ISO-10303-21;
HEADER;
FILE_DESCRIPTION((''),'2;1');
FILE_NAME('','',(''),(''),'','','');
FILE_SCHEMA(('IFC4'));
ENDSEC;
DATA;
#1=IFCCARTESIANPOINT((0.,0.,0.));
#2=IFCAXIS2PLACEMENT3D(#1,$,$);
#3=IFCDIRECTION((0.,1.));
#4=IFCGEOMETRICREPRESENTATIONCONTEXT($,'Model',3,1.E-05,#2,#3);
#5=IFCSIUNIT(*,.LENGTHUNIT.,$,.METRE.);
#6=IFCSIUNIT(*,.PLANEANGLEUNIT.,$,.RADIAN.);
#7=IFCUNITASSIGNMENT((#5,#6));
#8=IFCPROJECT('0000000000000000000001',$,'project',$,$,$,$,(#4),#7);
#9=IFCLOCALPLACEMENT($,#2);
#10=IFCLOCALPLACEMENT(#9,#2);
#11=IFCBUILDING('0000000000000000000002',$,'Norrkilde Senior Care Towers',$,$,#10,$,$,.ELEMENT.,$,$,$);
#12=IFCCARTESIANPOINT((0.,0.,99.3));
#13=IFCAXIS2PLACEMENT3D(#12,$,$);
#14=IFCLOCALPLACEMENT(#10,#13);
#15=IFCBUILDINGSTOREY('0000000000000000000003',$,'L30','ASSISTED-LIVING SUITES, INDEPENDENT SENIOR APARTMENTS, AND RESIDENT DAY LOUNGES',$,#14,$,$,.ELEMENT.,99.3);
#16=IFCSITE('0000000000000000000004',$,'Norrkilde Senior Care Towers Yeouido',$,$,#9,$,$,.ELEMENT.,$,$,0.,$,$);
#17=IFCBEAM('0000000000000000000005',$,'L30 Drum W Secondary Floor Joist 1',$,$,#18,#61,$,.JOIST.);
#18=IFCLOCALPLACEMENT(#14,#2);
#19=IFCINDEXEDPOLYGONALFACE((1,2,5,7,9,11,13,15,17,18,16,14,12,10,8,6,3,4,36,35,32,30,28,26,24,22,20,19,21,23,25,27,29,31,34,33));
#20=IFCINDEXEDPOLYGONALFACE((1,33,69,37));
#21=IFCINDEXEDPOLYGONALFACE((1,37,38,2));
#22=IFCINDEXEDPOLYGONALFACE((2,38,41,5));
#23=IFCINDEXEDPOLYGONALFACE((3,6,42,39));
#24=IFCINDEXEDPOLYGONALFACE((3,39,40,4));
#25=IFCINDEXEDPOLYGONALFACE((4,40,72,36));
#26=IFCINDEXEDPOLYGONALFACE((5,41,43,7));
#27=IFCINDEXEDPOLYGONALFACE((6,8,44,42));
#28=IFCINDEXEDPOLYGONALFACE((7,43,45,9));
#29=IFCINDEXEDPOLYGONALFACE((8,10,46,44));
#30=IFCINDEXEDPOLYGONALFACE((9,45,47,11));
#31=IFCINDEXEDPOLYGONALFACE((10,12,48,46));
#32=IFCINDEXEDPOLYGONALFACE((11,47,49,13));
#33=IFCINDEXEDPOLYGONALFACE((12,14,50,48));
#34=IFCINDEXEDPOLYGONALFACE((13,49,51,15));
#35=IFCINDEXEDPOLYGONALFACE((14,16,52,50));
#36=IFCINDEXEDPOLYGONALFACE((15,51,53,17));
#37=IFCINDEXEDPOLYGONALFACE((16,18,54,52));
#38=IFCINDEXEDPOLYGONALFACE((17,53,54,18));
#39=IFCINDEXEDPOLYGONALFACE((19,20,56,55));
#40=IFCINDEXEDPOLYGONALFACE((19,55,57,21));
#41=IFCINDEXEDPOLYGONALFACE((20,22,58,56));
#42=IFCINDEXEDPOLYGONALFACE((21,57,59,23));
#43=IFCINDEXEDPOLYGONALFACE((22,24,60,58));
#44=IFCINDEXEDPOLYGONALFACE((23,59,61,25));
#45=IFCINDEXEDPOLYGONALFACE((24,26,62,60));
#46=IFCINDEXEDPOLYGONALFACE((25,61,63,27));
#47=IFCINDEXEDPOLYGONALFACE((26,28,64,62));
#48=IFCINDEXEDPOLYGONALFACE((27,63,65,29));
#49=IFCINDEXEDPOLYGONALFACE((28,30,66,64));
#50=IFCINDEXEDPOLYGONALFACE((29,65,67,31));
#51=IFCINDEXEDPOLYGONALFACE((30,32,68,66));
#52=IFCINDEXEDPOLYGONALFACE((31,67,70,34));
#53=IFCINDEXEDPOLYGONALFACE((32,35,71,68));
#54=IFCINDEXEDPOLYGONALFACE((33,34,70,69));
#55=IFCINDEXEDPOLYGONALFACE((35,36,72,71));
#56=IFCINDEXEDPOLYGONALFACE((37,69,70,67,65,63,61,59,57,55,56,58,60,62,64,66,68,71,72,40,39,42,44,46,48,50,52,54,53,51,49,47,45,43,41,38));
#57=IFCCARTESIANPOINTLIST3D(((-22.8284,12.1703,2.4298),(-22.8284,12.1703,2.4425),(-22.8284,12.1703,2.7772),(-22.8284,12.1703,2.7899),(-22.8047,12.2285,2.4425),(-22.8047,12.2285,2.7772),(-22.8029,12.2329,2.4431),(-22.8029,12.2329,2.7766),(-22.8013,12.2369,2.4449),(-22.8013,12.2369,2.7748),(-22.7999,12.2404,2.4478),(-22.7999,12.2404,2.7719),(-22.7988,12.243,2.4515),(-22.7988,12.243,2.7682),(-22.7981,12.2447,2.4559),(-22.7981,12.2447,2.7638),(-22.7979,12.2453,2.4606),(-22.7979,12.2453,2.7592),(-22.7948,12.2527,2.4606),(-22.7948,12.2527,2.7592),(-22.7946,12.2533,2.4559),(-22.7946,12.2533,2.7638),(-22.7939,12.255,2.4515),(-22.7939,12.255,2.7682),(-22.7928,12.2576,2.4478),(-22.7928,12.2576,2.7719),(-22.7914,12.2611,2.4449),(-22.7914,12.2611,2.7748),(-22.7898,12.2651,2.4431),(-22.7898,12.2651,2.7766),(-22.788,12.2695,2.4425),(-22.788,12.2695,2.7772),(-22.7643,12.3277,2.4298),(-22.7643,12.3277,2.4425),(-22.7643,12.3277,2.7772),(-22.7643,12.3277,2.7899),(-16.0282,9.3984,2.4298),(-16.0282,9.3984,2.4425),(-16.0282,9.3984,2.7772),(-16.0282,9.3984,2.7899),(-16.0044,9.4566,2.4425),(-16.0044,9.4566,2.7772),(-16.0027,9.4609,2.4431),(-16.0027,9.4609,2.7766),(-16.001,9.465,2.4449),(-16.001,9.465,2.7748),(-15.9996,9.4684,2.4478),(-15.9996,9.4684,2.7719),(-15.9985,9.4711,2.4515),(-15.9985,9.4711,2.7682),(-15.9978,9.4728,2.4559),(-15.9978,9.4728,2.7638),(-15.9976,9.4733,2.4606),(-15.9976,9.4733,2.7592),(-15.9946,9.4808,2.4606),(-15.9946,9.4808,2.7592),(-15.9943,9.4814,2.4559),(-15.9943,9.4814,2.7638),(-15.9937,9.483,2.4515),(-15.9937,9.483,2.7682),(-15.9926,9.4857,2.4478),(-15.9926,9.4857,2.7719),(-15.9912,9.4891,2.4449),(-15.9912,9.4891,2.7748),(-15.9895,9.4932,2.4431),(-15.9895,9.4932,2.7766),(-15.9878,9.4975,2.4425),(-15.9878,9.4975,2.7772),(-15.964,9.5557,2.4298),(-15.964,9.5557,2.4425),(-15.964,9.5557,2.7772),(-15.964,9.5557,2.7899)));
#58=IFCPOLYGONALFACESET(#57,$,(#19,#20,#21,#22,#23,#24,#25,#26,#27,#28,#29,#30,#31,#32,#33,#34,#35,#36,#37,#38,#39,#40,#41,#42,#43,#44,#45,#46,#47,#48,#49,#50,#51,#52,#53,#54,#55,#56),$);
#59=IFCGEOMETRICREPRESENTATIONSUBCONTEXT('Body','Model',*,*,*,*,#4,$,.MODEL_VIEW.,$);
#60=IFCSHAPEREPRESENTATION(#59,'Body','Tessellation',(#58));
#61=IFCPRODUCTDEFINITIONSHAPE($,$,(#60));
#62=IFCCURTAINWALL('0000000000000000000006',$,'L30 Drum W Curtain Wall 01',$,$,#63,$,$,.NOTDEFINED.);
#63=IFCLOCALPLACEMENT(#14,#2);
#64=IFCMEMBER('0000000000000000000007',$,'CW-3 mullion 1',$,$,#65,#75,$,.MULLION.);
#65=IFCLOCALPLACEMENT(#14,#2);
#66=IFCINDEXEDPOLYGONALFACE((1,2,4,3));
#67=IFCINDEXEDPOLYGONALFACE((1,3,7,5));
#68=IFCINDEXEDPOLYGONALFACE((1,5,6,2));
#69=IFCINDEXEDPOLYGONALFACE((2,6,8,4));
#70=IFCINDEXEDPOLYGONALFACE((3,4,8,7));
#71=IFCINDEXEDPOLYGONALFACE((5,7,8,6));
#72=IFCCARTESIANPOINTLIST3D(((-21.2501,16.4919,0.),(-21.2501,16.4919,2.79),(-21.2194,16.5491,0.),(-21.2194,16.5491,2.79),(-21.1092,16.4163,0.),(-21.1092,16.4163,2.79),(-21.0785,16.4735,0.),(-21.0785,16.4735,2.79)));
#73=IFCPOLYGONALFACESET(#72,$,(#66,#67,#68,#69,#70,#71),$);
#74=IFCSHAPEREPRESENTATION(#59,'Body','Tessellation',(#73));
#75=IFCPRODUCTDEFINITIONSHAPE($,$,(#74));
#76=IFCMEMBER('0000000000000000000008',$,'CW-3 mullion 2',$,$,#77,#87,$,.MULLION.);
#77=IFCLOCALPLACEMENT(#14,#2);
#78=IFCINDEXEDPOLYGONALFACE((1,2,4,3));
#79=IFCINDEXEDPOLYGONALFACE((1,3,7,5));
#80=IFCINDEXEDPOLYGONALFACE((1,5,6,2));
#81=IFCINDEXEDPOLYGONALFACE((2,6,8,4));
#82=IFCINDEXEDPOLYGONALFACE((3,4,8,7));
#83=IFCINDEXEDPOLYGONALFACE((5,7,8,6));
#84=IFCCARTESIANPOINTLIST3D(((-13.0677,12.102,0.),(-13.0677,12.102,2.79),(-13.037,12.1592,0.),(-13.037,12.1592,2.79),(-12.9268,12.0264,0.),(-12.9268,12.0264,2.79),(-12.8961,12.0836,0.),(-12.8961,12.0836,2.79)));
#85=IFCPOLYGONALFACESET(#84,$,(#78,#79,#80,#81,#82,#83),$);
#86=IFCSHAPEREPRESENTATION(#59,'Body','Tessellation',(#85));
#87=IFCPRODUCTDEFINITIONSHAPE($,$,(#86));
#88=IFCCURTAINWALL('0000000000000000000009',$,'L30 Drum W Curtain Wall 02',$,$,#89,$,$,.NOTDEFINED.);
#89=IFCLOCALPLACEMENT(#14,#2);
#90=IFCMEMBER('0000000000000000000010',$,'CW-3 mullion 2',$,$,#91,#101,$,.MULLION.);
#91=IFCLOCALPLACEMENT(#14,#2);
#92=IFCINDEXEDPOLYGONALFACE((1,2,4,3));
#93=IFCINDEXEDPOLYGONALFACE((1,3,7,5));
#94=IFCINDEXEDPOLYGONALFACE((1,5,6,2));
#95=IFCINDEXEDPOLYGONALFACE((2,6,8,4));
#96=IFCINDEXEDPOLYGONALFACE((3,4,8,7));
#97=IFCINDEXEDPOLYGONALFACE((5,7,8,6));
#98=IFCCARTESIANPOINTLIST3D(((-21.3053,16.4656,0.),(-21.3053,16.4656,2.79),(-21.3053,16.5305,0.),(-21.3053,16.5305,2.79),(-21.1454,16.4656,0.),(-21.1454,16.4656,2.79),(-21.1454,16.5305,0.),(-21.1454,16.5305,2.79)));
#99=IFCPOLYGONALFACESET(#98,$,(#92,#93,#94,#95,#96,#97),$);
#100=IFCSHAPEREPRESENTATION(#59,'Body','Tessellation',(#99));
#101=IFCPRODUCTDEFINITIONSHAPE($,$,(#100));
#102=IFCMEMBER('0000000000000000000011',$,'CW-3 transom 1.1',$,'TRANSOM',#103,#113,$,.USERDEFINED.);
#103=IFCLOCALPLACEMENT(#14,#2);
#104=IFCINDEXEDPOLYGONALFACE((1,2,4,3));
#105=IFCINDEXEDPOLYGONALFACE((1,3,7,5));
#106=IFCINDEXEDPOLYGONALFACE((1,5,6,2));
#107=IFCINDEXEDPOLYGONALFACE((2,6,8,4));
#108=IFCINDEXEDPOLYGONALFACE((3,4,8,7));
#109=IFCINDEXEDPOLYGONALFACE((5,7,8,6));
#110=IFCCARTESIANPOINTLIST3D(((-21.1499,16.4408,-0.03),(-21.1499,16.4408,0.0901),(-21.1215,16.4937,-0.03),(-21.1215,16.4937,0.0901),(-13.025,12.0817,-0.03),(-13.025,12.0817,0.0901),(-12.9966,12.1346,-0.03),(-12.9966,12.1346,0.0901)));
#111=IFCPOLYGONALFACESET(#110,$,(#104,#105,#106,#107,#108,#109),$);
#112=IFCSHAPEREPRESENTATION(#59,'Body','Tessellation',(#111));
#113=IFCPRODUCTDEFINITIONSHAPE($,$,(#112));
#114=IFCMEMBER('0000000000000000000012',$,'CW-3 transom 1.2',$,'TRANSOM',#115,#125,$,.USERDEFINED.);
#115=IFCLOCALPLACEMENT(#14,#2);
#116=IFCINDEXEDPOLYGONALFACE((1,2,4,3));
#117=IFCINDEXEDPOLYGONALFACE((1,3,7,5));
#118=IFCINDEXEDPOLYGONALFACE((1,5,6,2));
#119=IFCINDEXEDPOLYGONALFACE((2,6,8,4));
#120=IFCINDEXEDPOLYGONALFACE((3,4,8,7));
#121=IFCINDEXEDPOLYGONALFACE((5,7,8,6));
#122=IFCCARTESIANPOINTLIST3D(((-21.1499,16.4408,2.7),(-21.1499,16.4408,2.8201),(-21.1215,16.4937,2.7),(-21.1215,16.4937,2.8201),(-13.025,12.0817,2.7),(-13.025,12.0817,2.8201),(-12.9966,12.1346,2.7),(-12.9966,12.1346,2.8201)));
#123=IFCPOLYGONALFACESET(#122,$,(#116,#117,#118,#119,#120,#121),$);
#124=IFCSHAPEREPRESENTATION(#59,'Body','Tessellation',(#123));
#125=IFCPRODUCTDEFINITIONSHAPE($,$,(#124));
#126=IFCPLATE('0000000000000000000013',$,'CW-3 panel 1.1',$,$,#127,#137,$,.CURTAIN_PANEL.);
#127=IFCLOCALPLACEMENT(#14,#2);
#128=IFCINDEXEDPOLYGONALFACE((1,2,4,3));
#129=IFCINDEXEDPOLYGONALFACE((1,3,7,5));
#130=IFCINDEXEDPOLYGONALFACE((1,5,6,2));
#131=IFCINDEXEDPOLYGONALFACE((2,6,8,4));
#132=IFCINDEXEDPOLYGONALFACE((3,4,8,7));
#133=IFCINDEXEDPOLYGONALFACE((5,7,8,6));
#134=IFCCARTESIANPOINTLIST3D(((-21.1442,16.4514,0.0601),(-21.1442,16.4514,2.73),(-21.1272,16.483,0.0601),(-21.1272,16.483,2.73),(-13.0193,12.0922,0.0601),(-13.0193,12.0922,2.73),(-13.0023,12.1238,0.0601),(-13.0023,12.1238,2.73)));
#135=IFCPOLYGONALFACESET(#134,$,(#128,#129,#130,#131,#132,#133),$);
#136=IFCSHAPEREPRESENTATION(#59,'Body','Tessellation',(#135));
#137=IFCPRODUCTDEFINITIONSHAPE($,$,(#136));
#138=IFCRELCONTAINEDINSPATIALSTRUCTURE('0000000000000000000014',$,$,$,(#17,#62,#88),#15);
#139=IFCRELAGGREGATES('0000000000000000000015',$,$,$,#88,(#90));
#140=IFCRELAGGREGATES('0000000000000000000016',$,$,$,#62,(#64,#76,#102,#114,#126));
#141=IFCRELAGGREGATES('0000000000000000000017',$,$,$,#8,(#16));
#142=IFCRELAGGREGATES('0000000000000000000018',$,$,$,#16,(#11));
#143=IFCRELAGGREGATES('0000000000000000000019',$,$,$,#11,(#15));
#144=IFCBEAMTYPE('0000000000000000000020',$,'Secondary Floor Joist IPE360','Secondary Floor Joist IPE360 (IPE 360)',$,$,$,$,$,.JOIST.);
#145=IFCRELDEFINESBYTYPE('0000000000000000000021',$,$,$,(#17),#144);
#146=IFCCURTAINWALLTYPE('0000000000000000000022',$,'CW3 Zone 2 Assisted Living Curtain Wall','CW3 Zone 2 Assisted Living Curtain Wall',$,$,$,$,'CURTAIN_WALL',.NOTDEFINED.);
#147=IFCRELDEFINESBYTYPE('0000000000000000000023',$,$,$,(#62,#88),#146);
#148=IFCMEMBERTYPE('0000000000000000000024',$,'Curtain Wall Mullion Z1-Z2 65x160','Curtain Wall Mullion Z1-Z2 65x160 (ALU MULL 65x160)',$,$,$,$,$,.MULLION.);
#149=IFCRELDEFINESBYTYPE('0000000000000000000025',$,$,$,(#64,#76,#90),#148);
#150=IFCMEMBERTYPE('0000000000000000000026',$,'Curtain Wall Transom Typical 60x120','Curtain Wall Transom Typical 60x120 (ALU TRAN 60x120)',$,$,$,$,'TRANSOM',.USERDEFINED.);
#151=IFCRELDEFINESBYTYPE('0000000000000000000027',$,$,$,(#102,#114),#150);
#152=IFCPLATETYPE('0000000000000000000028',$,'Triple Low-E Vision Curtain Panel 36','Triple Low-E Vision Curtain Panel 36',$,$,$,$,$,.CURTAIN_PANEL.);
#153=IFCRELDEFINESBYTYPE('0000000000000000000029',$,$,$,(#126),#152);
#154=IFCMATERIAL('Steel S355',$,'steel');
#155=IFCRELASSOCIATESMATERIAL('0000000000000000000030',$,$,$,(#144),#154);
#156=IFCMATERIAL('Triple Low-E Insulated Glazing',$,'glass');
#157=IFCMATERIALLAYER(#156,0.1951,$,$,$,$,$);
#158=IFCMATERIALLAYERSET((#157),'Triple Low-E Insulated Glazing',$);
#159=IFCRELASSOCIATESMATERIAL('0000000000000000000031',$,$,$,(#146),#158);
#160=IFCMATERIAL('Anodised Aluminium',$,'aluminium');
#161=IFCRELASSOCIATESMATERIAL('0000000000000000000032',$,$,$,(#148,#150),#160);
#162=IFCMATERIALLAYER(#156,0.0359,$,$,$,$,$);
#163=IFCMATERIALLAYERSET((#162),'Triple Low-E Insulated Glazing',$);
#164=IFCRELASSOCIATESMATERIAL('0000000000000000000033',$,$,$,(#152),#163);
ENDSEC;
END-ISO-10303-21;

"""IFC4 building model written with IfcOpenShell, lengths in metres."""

from ifc_helpers import new_model, si_unit, direction, frame, origin, origin_2d, place, context, subcontext, project, spatial, rectangle, i_section, extrude, source, transform, mapped, material, layer, layer_set, material_profile, profile_set, type_object, type_shapes, element, aggregate, save


model = new_model("IFC4")

# Units and contexts
model_context = context("Model", 3, precision=1e-05, world=origin(), true_north=direction((0.0, 1.0)))
body_context = subcontext(model_context, "Body", "Model", "MODEL_VIEW")
ifc_project = project(units=[si_unit("LENGTHUNIT", "METRE"), si_unit("PLANEANGLEUNIT", "RADIAN")], contexts=[model_context])

# Site, building, storey
site_placement = place(None, origin())
site = spatial("IfcSite", under=ifc_project, at=site_placement, Name="Norrkilde Senior Care Towers Yeouido", CompositionType="ELEMENT", RefElevation=0.0)
building_placement = place(site_placement, origin())
building = spatial("IfcBuilding", under=site, at=building_placement, Name="Norrkilde Senior Care Towers", CompositionType="ELEMENT")
storey_placement = place(building_placement, frame((0.0, 0.0, 99.3)))
storey = spatial("IfcBuildingStorey", under=building, at=storey_placement, Name="L30", Description="ASSISTED-LIVING SUITES, INDEPENDENT SENIOR APARTMENTS, AND RESIDENT DAY LOUNGES", CompositionType="ELEMENT", Elevation=99.3)

# Beam
ifc_material_1 = material(Name="Steel S355", Category="steel")
ifc_material_profile_1 = material_profile(ifc_material_1, i_section(OverallWidth=0.1699, OverallDepth=0.3601, WebThickness=0.0081, FlangeThickness=0.0127, FilletRadius=0.0181, at=origin_2d()), Name="IPE 360")
ifc_profile_set_1 = profile_set([ifc_material_profile_1], Name="Steel S355")
beam_type_1 = type_object("IfcBeamType", Name="Secondary Floor Joist IPE360", Description="Secondary Floor Joist IPE360 (IPE 360)", PredefinedType="JOIST", material=ifc_profile_set_1)
shared_shape_1 = source(origin(), body_context, "Body", "SweptSolid", [
    extrude(i_section(OverallWidth=0.1699, OverallDepth=0.3601, WebThickness=0.0081, FlangeThickness=0.0127, FilletRadius=0.0181, at=origin_2d()), origin(), (0.0, 0.0, 1.0), 7.3435),
])
type_shapes(beam_type_1, [shared_shape_1])
beam_1_placement = place(storey_placement, frame((-15.9961, 9.4771, 2.6099), z_axis=(-0.926022, 0.37747, 0.0), x_axis=(-0.37747, -0.926022, 0.0)))
element("IfcBeam", 1, at=beam_1_placement, inside=storey, type_object=beam_type_1, Name="L30 Drum W Secondary Floor Joist 1", PredefinedType="JOIST", context=body_context, shape_type="MappedRepresentation", body=[
    mapped(shared_shape_1, transform((0.0, 0.0, 0.0), x_axis=(1.0, 0.0, 0.0), y_axis=(0.0, 1.0, 0.0), z_axis=(0.0, 0.0, 1.0), scale=1.0)),
])

# Curtain wall, members
ifc_material_2 = material(Name="Triple Low-E Insulated Glazing", Category="glass")
ifc_layer_1 = layer(ifc_material_2, 0.1951)
ifc_layer_set_1 = layer_set([ifc_layer_1], Name="Triple Low-E Insulated Glazing")
curtain_wall_type = type_object("IfcCurtainWallType", Name="CW3 Zone 2 Assisted Living Curtain Wall", Description="CW3 Zone 2 Assisted Living Curtain Wall", ElementType="CURTAIN_WALL", PredefinedType="NOTDEFINED", material=ifc_layer_set_1)
curtain_wall_1_placement = place(storey_placement, origin())
curtain_wall_1 = element("IfcCurtainWall", 2, at=curtain_wall_1_placement, inside=storey, type_object=curtain_wall_type, Name="L30 Drum W Curtain Wall 01", PredefinedType="NOTDEFINED")
ifc_material_3 = material(Name="Anodised Aluminium", Category="aluminium")
ifc_material_profile_2 = material_profile(ifc_material_3, rectangle(XDim=0.0649, YDim=0.1599, at=origin_2d()), Name="ALU MULL 65x160")
ifc_profile_set_2 = profile_set([ifc_material_profile_2], Name="Anodised Aluminium")
member_type_1 = type_object("IfcMemberType", Name="Curtain Wall Mullion Z1-Z2 65x160", Description="Curtain Wall Mullion Z1-Z2 65x160 (ALU MULL 65x160)", PredefinedType="MULLION", material=ifc_profile_set_2)
shared_shape_2 = source(origin(), body_context, "Body", "SweptSolid", [
    extrude(rectangle(XDim=0.0649, YDim=0.1599, at=origin_2d()), origin(), (0.0, 0.0, 1.0), 2.79),
])
type_shapes(member_type_1, [shared_shape_2])
member_1_placement = place(storey_placement, frame((-21.1643, 16.4827, 0.0), z_axis=(0.0, 0.0, 1.0), x_axis=(0.472769, 0.881186, 0.0)))
member_1 = element("IfcMember", 3, at=member_1_placement, type_object=member_type_1, Name="CW-3 mullion 1", PredefinedType="MULLION", context=body_context, shape_type="MappedRepresentation", body=[
    mapped(shared_shape_2, transform((0.0, 0.0, 0.0), x_axis=(1.0, 0.0, 0.0), y_axis=(0.0, 1.0, 0.0), z_axis=(0.0, 0.0, 1.0), scale=1.0)),
])
member_2_placement = place(storey_placement, frame((-12.9819, 12.0928, 0.0), z_axis=(0.0, 0.0, 1.0), x_axis=(0.472769, 0.881186, 0.0)))
member_2 = element("IfcMember", 4, at=member_2_placement, type_object=member_type_1, Name="CW-3 mullion 2", PredefinedType="MULLION", context=body_context, shape_type="MappedRepresentation", body=[
    mapped(shared_shape_2, transform((0.0, 0.0, 0.0), x_axis=(1.0, 0.0, 0.0), y_axis=(0.0, 1.0, 0.0), z_axis=(0.0, 0.0, 1.0), scale=1.0)),
])

# Curtain wall, member
curtain_wall_2_placement = place(storey_placement, origin())
curtain_wall_2 = element("IfcCurtainWall", 5, at=curtain_wall_2_placement, inside=storey, type_object=curtain_wall_type, Name="L30 Drum W Curtain Wall 02", PredefinedType="NOTDEFINED")
member_3_placement = place(storey_placement, frame((-21.2253, 16.498, 0.0), z_axis=(0.0, 0.0, 1.0), x_axis=(0.0, 1.0, 0.0)))
member_3 = element("IfcMember", 6, at=member_3_placement, type_object=member_type_1, Name="CW-3 mullion 2", PredefinedType="MULLION", context=body_context, shape_type="MappedRepresentation", body=[
    mapped(shared_shape_2, transform((0.0, 0.0, 0.0), x_axis=(1.0, 0.0, 0.0), y_axis=(0.0, 1.0, 0.0), z_axis=(0.0, 0.0, 1.0), scale=1.0)),
])
aggregate(curtain_wall_2, [member_3])

# Members
ifc_material_profile_3 = material_profile(ifc_material_3, rectangle(XDim=0.0601, YDim=0.1201, at=origin_2d()), Name="ALU TRAN 60x120")
ifc_profile_set_3 = profile_set([ifc_material_profile_3], Name="Anodised Aluminium")
member_type_2 = type_object("IfcMemberType", Name="Curtain Wall Transom Typical 60x120", Description="Curtain Wall Transom Typical 60x120 (ALU TRAN 60x120)", ElementType="TRANSOM", PredefinedType="USERDEFINED", material=ifc_profile_set_3)
shared_shape_3 = source(origin(), body_context, "Body", "SweptSolid", [
    extrude(rectangle(XDim=0.0601, YDim=0.1201, at=origin_2d()), origin(), (0.0, 0.0, 1.0), 9.2205),
])
type_shapes(member_type_2, [shared_shape_3])
member_4_placement = place(storey_placement, frame((-21.1357, 16.4673, 0.03), z_axis=(0.881189, -0.472765, 0.0), x_axis=(0.472765, 0.881189, 0.0)))
member_4 = element("IfcMember", 7, at=member_4_placement, type_object=member_type_2, Name="CW-3 transom 1.1", ObjectType="TRANSOM", PredefinedType="USERDEFINED", context=body_context, shape_type="MappedRepresentation", body=[
    mapped(shared_shape_3, transform((0.0, 0.0, 0.0), x_axis=(1.0, 0.0, 0.0), y_axis=(0.0, 1.0, 0.0), z_axis=(0.0, 0.0, 1.0), scale=1.0)),
])
member_5_placement = place(storey_placement, frame((-21.1357, 16.4673, 2.76), z_axis=(0.881189, -0.472765, 0.0), x_axis=(0.472765, 0.881189, 0.0)))
member_5 = element("IfcMember", 8, at=member_5_placement, type_object=member_type_2, Name="CW-3 transom 1.2", ObjectType="TRANSOM", PredefinedType="USERDEFINED", context=body_context, shape_type="MappedRepresentation", body=[
    mapped(shared_shape_3, transform((0.0, 0.0, 0.0), x_axis=(1.0, 0.0, 0.0), y_axis=(0.0, 1.0, 0.0), z_axis=(0.0, 0.0, 1.0), scale=1.0)),
])

# Plate
ifc_layer_2 = layer(ifc_material_2, 0.0359)
ifc_layer_set_2 = layer_set([ifc_layer_2], Name="Triple Low-E Insulated Glazing")
plate_type = type_object("IfcPlateType", Name="Triple Low-E Vision Curtain Panel 36", Description="Triple Low-E Vision Curtain Panel 36", PredefinedType="CURTAIN_PANEL", material=ifc_layer_set_2)
shared_shape_4 = source(origin(), body_context, "Body", "SweptSolid", [
    extrude(rectangle(XDim=9.2205, YDim=0.0359, at=origin_2d()), origin(), (0.0, 0.0, 1.0), 2.6699),
])
type_shapes(plate_type, [shared_shape_4])
plate_placement = place(storey_placement, frame((-17.0732, 14.2876, 0.0601), z_axis=(0.0, 0.0, 1.0), x_axis=(0.881186, -0.472769, 0.0)))
plate = element("IfcPlate", 9, at=plate_placement, type_object=plate_type, Name="CW-3 panel 1.1", PredefinedType="CURTAIN_PANEL", context=body_context, shape_type="MappedRepresentation", body=[
    mapped(shared_shape_4, transform((0.0, 0.0, 0.0), x_axis=(1.0, 0.0, 0.0), y_axis=(0.0, 1.0, 0.0), z_axis=(0.0, 0.0, 1.0), scale=1.0)),
])
aggregate(curtain_wall_1, [member_1, member_2, member_4, member_5, plate])

save(model, "model.ifc")
